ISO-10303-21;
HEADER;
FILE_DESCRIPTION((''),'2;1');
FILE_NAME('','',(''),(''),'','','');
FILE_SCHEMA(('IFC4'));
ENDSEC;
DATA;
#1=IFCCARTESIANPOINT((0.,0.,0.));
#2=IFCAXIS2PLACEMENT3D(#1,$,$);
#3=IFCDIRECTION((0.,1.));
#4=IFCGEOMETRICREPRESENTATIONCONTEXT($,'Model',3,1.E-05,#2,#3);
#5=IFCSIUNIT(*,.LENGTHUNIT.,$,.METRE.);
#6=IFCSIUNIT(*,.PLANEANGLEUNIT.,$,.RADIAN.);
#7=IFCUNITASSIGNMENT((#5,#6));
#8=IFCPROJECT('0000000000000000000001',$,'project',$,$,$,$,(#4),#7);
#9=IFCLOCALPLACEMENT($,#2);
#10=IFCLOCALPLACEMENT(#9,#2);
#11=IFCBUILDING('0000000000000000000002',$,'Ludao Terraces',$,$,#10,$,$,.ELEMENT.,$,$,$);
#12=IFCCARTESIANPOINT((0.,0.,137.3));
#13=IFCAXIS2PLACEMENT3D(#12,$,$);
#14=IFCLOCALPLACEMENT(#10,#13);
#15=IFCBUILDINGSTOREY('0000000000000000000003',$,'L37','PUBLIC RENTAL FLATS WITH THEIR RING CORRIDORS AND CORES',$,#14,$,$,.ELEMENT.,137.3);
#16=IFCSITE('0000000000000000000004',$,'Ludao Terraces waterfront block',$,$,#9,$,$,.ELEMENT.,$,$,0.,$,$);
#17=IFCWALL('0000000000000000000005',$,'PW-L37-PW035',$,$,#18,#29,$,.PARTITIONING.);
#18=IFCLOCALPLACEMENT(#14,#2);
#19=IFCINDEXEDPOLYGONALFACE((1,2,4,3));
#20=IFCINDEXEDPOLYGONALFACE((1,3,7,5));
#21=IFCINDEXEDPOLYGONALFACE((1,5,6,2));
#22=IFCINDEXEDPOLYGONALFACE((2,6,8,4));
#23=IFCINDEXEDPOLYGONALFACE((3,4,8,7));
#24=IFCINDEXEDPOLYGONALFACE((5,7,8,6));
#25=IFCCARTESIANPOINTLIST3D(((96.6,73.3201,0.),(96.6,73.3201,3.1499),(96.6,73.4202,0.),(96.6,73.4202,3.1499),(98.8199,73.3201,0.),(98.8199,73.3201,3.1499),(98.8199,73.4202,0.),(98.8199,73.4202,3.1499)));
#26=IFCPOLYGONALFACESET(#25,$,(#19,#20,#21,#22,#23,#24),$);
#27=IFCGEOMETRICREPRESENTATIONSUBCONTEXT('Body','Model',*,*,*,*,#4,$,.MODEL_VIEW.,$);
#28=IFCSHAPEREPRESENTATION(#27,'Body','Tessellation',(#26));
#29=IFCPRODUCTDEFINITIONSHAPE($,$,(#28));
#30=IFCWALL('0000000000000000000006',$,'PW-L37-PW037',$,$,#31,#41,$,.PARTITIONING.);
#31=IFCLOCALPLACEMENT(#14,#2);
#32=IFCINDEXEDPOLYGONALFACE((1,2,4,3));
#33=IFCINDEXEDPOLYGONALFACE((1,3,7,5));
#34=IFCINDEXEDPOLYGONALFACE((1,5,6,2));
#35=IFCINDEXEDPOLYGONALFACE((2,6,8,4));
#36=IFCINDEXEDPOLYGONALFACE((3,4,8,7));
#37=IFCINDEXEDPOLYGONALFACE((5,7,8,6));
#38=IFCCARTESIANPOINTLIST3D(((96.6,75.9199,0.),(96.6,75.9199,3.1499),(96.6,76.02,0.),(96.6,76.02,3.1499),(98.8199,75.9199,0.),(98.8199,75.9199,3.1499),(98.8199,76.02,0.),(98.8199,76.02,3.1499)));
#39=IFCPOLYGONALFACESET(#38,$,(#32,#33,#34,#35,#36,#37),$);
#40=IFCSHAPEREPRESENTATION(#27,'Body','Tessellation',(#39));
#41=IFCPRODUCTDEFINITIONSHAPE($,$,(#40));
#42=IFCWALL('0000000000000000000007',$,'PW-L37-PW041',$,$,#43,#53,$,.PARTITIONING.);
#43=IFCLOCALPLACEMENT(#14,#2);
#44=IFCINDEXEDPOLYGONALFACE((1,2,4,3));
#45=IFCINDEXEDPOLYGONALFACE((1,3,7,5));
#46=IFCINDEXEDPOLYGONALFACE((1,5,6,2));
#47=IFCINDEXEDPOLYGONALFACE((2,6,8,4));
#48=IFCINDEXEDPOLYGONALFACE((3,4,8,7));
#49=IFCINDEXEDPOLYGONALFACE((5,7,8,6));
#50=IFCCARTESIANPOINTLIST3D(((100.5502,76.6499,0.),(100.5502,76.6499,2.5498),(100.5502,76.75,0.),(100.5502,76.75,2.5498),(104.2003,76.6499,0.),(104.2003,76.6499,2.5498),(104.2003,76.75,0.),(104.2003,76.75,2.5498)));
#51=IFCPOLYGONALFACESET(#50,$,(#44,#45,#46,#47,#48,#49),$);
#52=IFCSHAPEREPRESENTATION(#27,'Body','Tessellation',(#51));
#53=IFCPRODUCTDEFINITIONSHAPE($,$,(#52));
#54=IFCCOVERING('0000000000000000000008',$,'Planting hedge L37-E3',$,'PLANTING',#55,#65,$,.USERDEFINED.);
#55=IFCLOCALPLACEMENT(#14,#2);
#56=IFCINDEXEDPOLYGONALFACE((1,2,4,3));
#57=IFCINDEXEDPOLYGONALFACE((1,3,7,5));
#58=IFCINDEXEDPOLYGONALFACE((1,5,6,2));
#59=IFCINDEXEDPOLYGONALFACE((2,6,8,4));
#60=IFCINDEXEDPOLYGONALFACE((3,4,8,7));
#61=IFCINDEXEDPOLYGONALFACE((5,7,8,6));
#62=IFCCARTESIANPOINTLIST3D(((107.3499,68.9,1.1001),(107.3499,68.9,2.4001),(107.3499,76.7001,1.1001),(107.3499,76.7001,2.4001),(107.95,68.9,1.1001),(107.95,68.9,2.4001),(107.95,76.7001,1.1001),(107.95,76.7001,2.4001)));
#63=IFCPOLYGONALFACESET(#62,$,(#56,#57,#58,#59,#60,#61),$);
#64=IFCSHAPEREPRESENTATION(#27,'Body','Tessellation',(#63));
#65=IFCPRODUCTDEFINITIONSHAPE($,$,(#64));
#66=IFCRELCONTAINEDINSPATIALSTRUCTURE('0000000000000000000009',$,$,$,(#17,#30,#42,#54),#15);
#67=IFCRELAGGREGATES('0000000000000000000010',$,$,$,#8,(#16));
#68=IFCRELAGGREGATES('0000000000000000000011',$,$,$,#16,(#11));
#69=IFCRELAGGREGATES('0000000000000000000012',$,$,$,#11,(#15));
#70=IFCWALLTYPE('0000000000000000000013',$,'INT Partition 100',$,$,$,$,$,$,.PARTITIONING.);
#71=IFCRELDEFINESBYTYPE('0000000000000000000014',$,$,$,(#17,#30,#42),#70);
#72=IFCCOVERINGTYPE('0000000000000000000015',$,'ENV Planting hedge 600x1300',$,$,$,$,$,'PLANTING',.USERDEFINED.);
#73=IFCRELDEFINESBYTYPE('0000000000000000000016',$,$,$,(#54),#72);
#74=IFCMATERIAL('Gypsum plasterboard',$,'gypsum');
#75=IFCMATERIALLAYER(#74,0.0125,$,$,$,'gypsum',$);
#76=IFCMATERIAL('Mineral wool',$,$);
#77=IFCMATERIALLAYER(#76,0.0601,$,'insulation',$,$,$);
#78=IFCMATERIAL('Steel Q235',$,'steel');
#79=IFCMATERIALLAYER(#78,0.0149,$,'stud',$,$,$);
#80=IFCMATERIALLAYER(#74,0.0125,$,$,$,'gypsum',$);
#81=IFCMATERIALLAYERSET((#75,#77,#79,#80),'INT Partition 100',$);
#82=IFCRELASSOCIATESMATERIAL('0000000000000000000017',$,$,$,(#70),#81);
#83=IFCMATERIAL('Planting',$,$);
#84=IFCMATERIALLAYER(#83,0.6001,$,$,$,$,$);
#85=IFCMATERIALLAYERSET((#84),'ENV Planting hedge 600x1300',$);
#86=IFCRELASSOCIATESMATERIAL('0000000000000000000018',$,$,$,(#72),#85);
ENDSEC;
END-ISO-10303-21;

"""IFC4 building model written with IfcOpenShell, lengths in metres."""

from ifc_helpers import new_model, si_unit, direction, frame, frame_2d, origin, origin_2d, place, context, subcontext, project, spatial, rectangle, extrude, material, layer, layer_set, type_object, element, save


model = new_model("IFC4")

# Units and contexts
model_context = context("Model", 3, precision=1e-05, world=origin(), true_north=direction((0.0, 1.0)))
body_context = subcontext(model_context, "Body", "Model", "MODEL_VIEW")
ifc_project = project(units=[si_unit("LENGTHUNIT", "METRE"), si_unit("PLANEANGLEUNIT", "RADIAN")], contexts=[model_context])

# Site, building, storey
site_placement = place(None, origin())
site = spatial("IfcSite", under=ifc_project, at=site_placement, Name="Ludao Terraces waterfront block", CompositionType="ELEMENT", RefElevation=0.0)
building_placement = place(site_placement, origin())
building = spatial("IfcBuilding", under=site, at=building_placement, Name="Ludao Terraces", CompositionType="ELEMENT")
storey_placement = place(building_placement, frame((0.0, 0.0, 137.3)))
storey = spatial("IfcBuildingStorey", under=building, at=storey_placement, Name="L37", Description="PUBLIC RENTAL FLATS WITH THEIR RING CORRIDORS AND CORES", CompositionType="ELEMENT", Elevation=137.3)

# Shared definitions
ifc_material_1 = material(Name="Mineral wool")

# Walls
ifc_material_2 = material(Name="Gypsum plasterboard", Category="gypsum")
ifc_layer_1 = layer(ifc_material_2, 0.0125, Category="gypsum")
ifc_layer_2 = layer(ifc_material_1, 0.0601, Name="insulation")
ifc_material_3 = material(Name="Steel Q235", Category="steel")
ifc_layer_3 = layer(ifc_material_3, 0.0149, Name="stud")
ifc_layer_4 = layer(ifc_material_2, 0.0125, Category="gypsum")
ifc_layer_set_1 = layer_set([ifc_layer_1, ifc_layer_2, ifc_layer_3, ifc_layer_4], Name="INT Partition 100")
wall_type_1 = type_object("IfcWallType", Name="INT Partition 100", PredefinedType="PARTITIONING", material=ifc_layer_set_1)
for number, where, z_axis, x_axis, name in (
    (1, (96.6001, 73.3701, 0.0), (0.0, 0.0, 1.0), (1.0, 0.0, 0.0), "PW-L37-PW035"),
    (2, (96.6001, 75.97, 0.0), (0.0, 0.0, 1.0), (1.0, 0.0, 0.0), "PW-L37-PW037"),
):
    element("IfcWall", number, at=place(storey_placement, frame(where, z_axis=z_axis, x_axis=x_axis)), inside=storey, type_object=wall_type_1, Name=name, PredefinedType="PARTITIONING", context=body_context, shape_type="SweptSolid", body=[
        extrude(rectangle(XDim=2.22, YDim=0.1001, at=frame_2d((1.1099, 0.0))), origin(), (0.0, 0.0, 1.0), 3.1499),
    ])
wall_1_placement = place(storey_placement, frame((100.55, 76.7, 0.0), z_axis=(0.0, 0.0, 1.0), x_axis=(1.0, 0.0, 0.0)))
element("IfcWall", 3, at=wall_1_placement, inside=storey, type_object=wall_type_1, Name="PW-L37-PW041", PredefinedType="PARTITIONING", context=body_context, shape_type="SweptSolid", body=[
    extrude(rectangle(XDim=3.6501, YDim=0.1001, at=frame_2d((1.8252, 0.0))), origin(), (0.0, 0.0, 1.0), 2.5498),
])

# Covering
ifc_material_4 = material(Name="Planting")
ifc_layer_5 = layer(ifc_material_4, 0.6001)
ifc_layer_set_2 = layer_set([ifc_layer_5], Name="ENV Planting hedge 600x1300")
covering_type = type_object("IfcCoveringType", Name="ENV Planting hedge 600x1300", ElementType="PLANTING", PredefinedType="USERDEFINED", material=ifc_layer_set_2)
covering_placement = place(storey_placement, frame((107.6499, 72.8, 1.1001), z_axis=(0.0, 0.0, 1.0), x_axis=(1.0, 0.0, 0.0)))
element("IfcCovering", 4, at=covering_placement, inside=storey, type_object=covering_type, Name="Planting hedge L37-E3", ObjectType="PLANTING", PredefinedType="USERDEFINED", context=body_context, shape_type="SweptSolid", body=[
    extrude(rectangle(XDim=0.6001, YDim=7.8, at=origin_2d()), origin(), (0.0, 0.0, 1.0), 1.3),
])

save(model, "model.ifc")
